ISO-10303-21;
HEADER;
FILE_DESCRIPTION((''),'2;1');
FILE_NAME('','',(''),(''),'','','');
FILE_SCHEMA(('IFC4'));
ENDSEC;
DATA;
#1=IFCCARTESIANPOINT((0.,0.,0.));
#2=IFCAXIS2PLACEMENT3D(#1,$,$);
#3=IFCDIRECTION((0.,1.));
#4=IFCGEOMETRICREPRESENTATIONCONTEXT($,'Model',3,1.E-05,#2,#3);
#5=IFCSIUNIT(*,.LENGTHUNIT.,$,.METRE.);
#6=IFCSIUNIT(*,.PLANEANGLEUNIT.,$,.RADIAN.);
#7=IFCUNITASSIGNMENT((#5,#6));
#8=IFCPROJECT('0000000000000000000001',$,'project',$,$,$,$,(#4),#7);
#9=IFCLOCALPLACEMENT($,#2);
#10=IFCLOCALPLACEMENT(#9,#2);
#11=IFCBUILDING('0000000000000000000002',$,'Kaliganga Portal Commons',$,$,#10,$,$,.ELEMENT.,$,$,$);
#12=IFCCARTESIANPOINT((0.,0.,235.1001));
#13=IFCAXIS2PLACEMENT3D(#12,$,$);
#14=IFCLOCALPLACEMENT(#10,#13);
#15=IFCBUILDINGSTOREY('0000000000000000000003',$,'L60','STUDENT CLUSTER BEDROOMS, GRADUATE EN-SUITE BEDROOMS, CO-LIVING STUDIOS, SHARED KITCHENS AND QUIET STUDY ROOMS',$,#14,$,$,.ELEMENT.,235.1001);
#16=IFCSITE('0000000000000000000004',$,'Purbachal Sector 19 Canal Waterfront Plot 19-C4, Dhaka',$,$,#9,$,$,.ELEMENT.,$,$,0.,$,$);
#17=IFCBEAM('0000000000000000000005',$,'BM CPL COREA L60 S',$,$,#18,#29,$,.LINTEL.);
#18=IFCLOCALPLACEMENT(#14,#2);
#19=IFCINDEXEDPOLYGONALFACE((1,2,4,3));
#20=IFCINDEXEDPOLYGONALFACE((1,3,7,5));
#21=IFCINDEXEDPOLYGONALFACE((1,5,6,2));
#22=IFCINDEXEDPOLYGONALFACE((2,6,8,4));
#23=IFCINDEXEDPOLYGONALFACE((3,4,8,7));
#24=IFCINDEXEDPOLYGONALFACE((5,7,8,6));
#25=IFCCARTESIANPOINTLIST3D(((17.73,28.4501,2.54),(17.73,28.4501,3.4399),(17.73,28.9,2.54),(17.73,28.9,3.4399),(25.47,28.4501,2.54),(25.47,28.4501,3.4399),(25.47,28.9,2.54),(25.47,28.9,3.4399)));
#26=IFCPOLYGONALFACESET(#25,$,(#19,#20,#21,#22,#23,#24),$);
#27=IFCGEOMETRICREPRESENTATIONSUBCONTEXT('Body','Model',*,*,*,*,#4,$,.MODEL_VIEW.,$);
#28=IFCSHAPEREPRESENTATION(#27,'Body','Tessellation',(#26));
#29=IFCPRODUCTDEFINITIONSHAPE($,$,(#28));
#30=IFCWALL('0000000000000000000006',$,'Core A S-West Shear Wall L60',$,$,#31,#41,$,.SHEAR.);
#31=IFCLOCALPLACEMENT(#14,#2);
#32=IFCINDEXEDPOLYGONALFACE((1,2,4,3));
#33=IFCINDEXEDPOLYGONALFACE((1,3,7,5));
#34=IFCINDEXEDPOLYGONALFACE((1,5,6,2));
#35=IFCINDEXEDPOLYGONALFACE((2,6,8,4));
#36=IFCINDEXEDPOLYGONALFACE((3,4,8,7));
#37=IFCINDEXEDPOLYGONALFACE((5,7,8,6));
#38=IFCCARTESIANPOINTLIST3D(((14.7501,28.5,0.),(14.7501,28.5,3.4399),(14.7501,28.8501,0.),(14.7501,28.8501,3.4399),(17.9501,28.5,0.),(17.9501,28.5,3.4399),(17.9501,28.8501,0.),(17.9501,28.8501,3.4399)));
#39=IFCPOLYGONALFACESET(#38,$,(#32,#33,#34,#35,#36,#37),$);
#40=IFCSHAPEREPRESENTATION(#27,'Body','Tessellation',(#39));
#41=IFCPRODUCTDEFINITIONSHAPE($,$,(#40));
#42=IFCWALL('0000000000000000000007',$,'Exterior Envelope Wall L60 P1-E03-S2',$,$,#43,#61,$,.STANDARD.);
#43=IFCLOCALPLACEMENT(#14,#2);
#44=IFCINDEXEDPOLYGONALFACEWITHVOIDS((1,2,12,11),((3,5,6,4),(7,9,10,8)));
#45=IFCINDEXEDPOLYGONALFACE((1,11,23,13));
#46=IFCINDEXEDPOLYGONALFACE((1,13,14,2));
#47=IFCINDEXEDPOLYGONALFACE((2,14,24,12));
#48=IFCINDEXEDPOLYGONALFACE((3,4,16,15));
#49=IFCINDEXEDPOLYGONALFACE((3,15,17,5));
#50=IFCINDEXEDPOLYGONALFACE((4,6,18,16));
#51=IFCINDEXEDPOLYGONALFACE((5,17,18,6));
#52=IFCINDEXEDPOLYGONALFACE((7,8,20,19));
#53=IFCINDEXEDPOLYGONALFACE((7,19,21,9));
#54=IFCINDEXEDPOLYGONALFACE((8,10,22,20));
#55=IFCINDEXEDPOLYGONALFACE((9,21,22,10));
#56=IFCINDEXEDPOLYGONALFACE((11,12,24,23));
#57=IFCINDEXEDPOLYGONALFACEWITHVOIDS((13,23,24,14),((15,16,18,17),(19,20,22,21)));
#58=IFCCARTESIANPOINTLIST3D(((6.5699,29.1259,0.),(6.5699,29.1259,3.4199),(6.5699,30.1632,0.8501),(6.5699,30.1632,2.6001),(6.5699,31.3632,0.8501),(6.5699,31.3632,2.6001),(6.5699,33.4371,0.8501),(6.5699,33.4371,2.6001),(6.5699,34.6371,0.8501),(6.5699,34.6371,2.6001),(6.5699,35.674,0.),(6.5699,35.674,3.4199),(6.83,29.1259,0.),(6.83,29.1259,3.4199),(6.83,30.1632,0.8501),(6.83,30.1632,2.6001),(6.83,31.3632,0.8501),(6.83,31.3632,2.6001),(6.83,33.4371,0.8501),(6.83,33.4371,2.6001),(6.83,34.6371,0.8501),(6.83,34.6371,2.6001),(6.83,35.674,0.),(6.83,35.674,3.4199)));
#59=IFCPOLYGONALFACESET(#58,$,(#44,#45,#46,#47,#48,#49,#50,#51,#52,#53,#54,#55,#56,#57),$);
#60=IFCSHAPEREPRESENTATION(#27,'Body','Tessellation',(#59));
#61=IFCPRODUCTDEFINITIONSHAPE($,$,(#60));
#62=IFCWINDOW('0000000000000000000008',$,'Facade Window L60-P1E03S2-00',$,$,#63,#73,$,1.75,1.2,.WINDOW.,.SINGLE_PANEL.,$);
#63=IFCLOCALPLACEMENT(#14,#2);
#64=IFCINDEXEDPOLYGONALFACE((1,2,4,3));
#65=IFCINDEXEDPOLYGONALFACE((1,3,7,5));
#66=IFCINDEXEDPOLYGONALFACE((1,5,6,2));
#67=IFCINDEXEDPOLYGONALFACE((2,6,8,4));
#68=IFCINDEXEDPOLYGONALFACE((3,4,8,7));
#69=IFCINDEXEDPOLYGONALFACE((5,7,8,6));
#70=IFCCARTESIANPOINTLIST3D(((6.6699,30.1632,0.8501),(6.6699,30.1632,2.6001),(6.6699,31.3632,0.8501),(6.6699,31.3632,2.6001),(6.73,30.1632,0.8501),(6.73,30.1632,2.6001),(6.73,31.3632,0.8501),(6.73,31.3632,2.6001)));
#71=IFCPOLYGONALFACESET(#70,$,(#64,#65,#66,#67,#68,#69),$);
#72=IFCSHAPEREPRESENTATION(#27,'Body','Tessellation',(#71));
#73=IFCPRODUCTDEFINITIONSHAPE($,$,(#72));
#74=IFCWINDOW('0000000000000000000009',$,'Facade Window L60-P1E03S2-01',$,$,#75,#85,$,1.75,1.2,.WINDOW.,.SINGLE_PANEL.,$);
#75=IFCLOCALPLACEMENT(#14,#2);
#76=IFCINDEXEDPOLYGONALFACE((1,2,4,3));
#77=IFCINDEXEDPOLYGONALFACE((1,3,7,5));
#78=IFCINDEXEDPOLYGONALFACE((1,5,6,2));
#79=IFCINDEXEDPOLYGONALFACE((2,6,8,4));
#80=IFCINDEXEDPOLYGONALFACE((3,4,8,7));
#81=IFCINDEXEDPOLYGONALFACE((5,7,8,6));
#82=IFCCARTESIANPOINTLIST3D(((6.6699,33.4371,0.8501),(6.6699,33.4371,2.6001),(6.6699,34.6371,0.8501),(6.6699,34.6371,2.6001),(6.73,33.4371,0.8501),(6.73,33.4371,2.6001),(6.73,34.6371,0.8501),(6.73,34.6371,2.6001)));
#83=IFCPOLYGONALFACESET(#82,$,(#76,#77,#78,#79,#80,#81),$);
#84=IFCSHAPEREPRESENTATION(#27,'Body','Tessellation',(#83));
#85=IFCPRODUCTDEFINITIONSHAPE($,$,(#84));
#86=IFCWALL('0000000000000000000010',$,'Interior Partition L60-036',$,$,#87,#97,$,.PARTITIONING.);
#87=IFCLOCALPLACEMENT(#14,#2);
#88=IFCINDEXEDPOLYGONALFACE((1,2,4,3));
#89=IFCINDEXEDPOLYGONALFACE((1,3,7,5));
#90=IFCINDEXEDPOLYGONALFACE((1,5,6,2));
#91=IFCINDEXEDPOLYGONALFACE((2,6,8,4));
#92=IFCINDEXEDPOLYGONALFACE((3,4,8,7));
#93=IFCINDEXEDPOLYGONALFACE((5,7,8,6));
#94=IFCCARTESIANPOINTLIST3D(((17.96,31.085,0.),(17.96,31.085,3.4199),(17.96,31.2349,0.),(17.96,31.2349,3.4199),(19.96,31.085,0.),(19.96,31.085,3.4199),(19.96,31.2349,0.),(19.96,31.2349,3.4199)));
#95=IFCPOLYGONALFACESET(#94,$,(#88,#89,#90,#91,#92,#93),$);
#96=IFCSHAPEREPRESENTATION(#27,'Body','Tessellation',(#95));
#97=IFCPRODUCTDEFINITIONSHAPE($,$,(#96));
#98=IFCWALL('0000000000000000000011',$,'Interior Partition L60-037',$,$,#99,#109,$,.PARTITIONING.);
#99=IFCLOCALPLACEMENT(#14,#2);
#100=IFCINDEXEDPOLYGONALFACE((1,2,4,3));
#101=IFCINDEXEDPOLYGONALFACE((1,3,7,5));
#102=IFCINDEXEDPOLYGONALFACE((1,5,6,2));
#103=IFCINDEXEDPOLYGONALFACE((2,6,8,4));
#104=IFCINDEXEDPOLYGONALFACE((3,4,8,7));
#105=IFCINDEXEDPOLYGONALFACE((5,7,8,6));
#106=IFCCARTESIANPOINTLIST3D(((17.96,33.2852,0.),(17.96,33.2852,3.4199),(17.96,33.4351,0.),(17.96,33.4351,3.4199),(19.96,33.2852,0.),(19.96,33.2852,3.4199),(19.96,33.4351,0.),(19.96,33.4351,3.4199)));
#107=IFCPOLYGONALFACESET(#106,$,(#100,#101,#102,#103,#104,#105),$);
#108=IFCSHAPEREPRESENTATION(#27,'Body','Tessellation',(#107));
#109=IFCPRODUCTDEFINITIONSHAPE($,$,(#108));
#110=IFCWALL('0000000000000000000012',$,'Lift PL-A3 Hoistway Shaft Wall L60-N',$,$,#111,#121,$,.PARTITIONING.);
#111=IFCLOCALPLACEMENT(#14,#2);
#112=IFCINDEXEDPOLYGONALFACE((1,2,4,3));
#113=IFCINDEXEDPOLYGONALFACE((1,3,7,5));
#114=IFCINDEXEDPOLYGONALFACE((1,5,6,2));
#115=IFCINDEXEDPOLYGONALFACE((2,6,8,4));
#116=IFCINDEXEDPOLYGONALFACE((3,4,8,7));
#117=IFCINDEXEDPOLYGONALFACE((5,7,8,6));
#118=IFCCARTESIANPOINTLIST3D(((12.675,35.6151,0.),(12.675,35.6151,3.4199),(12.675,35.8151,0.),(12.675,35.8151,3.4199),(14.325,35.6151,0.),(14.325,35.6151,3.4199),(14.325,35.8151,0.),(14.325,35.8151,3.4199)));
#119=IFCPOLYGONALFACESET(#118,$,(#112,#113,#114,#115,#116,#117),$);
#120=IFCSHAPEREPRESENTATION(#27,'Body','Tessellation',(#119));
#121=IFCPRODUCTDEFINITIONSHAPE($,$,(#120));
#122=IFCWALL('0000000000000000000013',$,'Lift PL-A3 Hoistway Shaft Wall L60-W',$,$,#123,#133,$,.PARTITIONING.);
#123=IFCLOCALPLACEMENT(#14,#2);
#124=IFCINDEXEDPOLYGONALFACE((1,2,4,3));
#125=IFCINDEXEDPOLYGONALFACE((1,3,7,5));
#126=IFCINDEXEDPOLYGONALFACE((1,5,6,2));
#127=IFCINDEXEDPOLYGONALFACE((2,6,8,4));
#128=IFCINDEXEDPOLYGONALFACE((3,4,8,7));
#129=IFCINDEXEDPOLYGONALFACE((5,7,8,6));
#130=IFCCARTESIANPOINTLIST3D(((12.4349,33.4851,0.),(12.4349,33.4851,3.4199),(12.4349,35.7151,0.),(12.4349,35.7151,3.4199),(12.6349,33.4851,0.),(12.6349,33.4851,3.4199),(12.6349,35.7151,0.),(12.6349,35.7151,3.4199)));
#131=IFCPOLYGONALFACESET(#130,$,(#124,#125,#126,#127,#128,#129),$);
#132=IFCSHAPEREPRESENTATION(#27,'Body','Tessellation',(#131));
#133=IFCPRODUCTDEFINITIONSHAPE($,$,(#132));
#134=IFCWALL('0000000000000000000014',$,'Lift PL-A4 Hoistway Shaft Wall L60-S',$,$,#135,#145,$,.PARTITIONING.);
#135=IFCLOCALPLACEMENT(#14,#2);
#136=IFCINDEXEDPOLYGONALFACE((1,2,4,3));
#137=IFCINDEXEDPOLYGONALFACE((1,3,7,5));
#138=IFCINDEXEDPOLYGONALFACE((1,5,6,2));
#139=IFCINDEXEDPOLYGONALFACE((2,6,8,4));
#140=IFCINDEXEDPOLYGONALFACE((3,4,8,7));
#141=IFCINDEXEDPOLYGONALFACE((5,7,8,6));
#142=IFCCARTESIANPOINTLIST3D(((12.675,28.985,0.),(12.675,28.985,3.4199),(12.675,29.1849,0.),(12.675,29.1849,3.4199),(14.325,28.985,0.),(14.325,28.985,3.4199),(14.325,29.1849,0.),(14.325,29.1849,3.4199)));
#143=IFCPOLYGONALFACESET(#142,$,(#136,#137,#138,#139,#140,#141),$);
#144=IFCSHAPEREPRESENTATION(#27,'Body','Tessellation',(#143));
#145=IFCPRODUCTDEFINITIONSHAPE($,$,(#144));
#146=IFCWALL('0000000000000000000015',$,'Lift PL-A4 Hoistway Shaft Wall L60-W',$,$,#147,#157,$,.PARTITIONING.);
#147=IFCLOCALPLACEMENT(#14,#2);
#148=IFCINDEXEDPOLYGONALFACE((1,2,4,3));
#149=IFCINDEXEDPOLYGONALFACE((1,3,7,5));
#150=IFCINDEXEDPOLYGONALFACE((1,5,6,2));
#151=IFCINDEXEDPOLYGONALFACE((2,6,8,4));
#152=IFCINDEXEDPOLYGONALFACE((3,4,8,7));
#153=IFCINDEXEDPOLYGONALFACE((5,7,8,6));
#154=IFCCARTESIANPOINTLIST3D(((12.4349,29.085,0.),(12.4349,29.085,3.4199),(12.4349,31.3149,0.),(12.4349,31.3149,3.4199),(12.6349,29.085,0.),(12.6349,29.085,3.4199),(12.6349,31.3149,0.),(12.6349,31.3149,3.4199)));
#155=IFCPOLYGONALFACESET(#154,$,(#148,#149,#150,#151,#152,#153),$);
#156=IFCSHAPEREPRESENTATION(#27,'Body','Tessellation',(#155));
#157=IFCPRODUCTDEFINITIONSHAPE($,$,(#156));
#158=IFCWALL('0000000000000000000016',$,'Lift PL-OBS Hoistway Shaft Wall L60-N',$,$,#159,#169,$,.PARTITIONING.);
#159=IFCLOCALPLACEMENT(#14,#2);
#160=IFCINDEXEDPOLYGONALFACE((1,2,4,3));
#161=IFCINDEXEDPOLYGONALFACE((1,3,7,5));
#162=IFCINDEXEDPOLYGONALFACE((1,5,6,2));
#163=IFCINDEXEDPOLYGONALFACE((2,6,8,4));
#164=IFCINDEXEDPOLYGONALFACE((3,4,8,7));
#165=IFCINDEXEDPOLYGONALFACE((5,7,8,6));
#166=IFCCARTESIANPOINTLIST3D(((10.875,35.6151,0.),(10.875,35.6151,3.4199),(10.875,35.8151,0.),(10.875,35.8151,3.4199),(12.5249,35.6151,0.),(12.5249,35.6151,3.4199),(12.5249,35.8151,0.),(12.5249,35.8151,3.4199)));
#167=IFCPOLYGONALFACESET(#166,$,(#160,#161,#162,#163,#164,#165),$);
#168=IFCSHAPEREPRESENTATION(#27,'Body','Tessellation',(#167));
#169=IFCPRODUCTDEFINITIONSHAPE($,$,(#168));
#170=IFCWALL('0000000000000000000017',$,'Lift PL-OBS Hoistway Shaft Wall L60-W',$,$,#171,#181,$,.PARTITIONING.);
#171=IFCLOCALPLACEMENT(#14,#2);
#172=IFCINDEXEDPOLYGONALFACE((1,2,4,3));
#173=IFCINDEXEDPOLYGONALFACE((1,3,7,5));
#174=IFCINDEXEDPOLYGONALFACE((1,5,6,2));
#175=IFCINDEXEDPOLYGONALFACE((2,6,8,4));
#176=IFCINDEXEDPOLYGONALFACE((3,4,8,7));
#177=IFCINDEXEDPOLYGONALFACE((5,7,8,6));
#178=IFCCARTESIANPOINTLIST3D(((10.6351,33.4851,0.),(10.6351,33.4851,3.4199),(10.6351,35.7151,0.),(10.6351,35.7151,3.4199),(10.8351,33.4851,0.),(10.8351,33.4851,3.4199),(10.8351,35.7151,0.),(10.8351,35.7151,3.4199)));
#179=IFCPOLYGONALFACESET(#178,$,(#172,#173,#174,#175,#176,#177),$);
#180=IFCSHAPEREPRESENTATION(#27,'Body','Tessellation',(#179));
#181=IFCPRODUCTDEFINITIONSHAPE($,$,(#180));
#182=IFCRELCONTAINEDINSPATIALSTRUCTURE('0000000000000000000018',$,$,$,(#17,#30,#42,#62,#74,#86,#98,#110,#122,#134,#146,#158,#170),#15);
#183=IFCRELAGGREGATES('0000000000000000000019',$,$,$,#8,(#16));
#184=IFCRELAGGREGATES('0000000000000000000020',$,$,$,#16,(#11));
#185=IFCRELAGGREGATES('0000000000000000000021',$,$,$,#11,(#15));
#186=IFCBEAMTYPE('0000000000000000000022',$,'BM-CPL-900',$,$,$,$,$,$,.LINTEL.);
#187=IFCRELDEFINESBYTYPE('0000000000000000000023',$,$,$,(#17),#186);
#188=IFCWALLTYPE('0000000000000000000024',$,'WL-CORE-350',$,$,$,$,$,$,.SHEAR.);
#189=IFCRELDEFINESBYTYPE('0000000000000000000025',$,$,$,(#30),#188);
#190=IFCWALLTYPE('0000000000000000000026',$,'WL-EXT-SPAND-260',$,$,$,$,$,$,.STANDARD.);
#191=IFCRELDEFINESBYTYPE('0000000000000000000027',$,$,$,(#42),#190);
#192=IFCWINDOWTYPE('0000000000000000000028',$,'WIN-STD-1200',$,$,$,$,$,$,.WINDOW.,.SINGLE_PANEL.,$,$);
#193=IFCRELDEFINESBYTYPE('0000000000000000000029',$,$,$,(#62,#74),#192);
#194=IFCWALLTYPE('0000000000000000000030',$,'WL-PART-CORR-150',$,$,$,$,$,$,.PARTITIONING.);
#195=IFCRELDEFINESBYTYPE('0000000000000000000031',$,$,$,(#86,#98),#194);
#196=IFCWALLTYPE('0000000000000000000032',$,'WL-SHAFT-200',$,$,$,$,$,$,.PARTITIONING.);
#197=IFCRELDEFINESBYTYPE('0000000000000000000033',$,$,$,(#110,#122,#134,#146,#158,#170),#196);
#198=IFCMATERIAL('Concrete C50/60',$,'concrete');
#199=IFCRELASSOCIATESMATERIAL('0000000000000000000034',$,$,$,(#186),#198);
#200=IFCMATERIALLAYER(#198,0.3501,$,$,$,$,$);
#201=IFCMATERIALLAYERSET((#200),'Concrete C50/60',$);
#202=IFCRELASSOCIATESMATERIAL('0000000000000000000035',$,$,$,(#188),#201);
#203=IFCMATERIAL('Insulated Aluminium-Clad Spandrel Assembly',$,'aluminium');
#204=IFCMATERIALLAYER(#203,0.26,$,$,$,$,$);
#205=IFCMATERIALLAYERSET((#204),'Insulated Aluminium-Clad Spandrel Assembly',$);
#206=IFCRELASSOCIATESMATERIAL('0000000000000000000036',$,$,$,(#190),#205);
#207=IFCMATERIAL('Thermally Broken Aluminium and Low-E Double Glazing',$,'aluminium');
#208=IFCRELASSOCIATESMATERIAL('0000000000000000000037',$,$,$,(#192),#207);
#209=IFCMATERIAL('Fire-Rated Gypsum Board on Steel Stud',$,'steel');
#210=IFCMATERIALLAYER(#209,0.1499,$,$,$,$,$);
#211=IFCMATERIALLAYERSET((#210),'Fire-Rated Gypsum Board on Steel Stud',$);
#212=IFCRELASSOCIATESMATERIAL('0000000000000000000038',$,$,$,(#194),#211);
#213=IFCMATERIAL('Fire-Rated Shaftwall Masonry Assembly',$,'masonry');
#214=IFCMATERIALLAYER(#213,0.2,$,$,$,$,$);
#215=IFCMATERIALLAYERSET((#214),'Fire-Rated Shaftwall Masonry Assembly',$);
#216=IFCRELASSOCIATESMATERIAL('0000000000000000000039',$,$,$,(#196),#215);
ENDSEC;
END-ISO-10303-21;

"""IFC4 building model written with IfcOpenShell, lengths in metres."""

from ifc_helpers import new_model, si_unit, direction, frame, frame_2d, origin, origin_2d, place, context, subcontext, project, spatial, rectangle, extrude, source, transform, mapped, material, layer, layer_set, material_profile, profile_set, type_object, element, fill, save


model = new_model("IFC4")

# Units and contexts
model_context = context("Model", 3, precision=1e-05, world=origin(), true_north=direction((0.0, 1.0)))
body_context = subcontext(model_context, "Body", "Model", "MODEL_VIEW")
ifc_project = project(units=[si_unit("LENGTHUNIT", "METRE"), si_unit("PLANEANGLEUNIT", "RADIAN")], contexts=[model_context])

# Site, building, storey
site_placement = place(None, origin())
site = spatial("IfcSite", under=ifc_project, at=site_placement, Name="Purbachal Sector 19 Canal Waterfront Plot 19-C4, Dhaka", CompositionType="ELEMENT", RefElevation=0.0)
building_placement = place(site_placement, origin())
building = spatial("IfcBuilding", under=site, at=building_placement, Name="Kaliganga Portal Commons", CompositionType="ELEMENT")
storey_placement = place(building_placement, frame((0.0, 0.0, 235.1001)))
storey = spatial("IfcBuildingStorey", under=building, at=storey_placement, Name="L60", Description="STUDENT CLUSTER BEDROOMS, GRADUATE EN-SUITE BEDROOMS, CO-LIVING STUDIOS, SHARED KITCHENS AND QUIET STUDY ROOMS", CompositionType="ELEMENT", Elevation=235.1001)

# Beam
ifc_material_1 = material(Name="Concrete C50/60", Category="concrete")
ifc_material_profile = material_profile(ifc_material_1, rectangle(XDim=0.45, YDim=0.8999, at=origin_2d()), Name="RC 450x900")
ifc_profile_set = profile_set([ifc_material_profile], Name="Concrete C50/60")
beam_type = type_object("IfcBeamType", Name="BM-CPL-900", PredefinedType="LINTEL", material=ifc_profile_set)
shared_shape = source(origin(), body_context, "Body", "SweptSolid", [
    extrude(rectangle(XDim=0.45, YDim=0.8999, at=origin_2d()), origin(), (0.0, 0.0, 1.0), 7.74),
])
beam_placement = place(storey_placement, frame((17.73, 28.675, 2.99), z_axis=(1.0, 0.0, 0.0), x_axis=(0.0, 1.0, 0.0)))
element("IfcBeam", 1, at=beam_placement, inside=storey, type_object=beam_type, Name="BM CPL COREA L60 S", PredefinedType="LINTEL", context=body_context, shape_type="MappedRepresentation", body=[
    mapped(shared_shape, transform((0.0, 0.0, 0.0), x_axis=(1.0, 0.0, 0.0), y_axis=(0.0, 1.0, 0.0), z_axis=(0.0, 0.0, 1.0), scale=1.0)),
])

# Wall
ifc_layer_1 = layer(ifc_material_1, 0.3501)
ifc_layer_set_1 = layer_set([ifc_layer_1], Name="Concrete C50/60")
wall_type_1 = type_object("IfcWallType", Name="WL-CORE-350", PredefinedType="SHEAR", material=ifc_layer_set_1)
wall_1_placement = place(storey_placement, frame((14.75, 28.675, 0.0), z_axis=(0.0, 0.0, 1.0), x_axis=(1.0, 0.0, 0.0)))
element("IfcWall", 2, at=wall_1_placement, inside=storey, type_object=wall_type_1, Name="Core A S-West Shear Wall L60", PredefinedType="SHEAR", context=body_context, shape_type="SweptSolid", body=[
    extrude(rectangle(XDim=3.2, YDim=0.3501, at=frame_2d((1.6001, 0.0))), origin(), (0.0, 0.0, 1.0), 3.4399),
])

# Wall, openings, windows
ifc_material_2 = material(Name="Insulated Aluminium-Clad Spandrel Assembly", Category="aluminium")
ifc_layer_2 = layer(ifc_material_2, 0.26)
ifc_layer_set_2 = layer_set([ifc_layer_2], Name="Insulated Aluminium-Clad Spandrel Assembly")
wall_type_2 = type_object("IfcWallType", Name="WL-EXT-SPAND-260", PredefinedType="STANDARD", material=ifc_layer_set_2)
wall_2_placement = place(storey_placement, frame((6.7, 29.126, 0.0), z_axis=(0.0, 0.0, 1.0), x_axis=(0.0, 1.0, 0.0)))
wall_2 = element("IfcWall", 3, at=wall_2_placement, inside=storey, type_object=wall_type_2, Name="Exterior Envelope Wall L60 P1-E03-S2", PredefinedType="STANDARD", context=body_context, shape_type="SweptSolid", body=[
    extrude(rectangle(XDim=6.5481, YDim=0.26, at=frame_2d((3.2739, 0.0))), origin(), (0.0, 0.0, 1.0), 3.4199),
])
opening_1_placement = place(wall_2_placement, frame((1.0371, 0.0, 0.8501)))
opening_1 = element("IfcOpeningElement", 4, at=opening_1_placement, cuts=wall_2, PredefinedType="OPENING", context=body_context, shape_type="SweptSolid", body=[
    extrude(rectangle(XDim=1.2, YDim=1.75, at=frame_2d((0.6001, 0.875))), frame((0.0, 0.1401, 0.0), z_axis=(0.0, -1.0, 0.0), x_axis=(1.0, 0.0, 0.0)), (0.0, 0.0, 1.0), 0.28),
])
opening_2_placement = place(wall_2_placement, frame((4.311, 0.0, 0.8501)))
opening_2 = element("IfcOpeningElement", 5, at=opening_2_placement, cuts=wall_2, PredefinedType="OPENING", context=body_context, shape_type="SweptSolid", body=[
    extrude(rectangle(XDim=1.2, YDim=1.75, at=frame_2d((0.6001, 0.875))), frame((0.0, 0.1401, 0.0), z_axis=(0.0, -1.0, 0.0), x_axis=(1.0, 0.0, 0.0)), (0.0, 0.0, 1.0), 0.28),
])
ifc_material_3 = material(Name="Thermally Broken Aluminium and Low-E Double Glazing", Category="aluminium")
window_type = type_object("IfcWindowType", Name="WIN-STD-1200", PartitioningType="SINGLE_PANEL", PredefinedType="WINDOW", material=ifc_material_3)
window_1_placement = place(opening_1_placement, origin())
window_1 = element("IfcWindow", 6, at=window_1_placement, inside=storey, type_object=window_type, Name="Facade Window L60-P1E03S2-00", OverallHeight=1.75, OverallWidth=1.2, PartitioningType="SINGLE_PANEL", PredefinedType="WINDOW", context=body_context, shape_type="SweptSolid", body=[
    extrude(rectangle(XDim=1.2, YDim=1.75, at=frame_2d((0.6001, 0.875))), frame((0.0, 0.03, 0.0), z_axis=(0.0, -1.0, 0.0), x_axis=(1.0, 0.0, 0.0)), (0.0, 0.0, 1.0), 0.0601),
])
fill(opening_1, window_1)
window_2_placement = place(opening_2_placement, origin())
window_2 = element("IfcWindow", 7, at=window_2_placement, inside=storey, type_object=window_type, Name="Facade Window L60-P1E03S2-01", OverallHeight=1.75, OverallWidth=1.2, PartitioningType="SINGLE_PANEL", PredefinedType="WINDOW", context=body_context, shape_type="SweptSolid", body=[
    extrude(rectangle(XDim=1.2, YDim=1.75, at=frame_2d((0.6001, 0.875))), frame((0.0, 0.03, 0.0), z_axis=(0.0, -1.0, 0.0), x_axis=(1.0, 0.0, 0.0)), (0.0, 0.0, 1.0), 0.0601),
])
fill(opening_2, window_2)

# Walls
ifc_material_4 = material(Name="Fire-Rated Gypsum Board on Steel Stud", Category="steel")
ifc_layer_3 = layer(ifc_material_4, 0.1499)
ifc_layer_set_3 = layer_set([ifc_layer_3], Name="Fire-Rated Gypsum Board on Steel Stud")
wall_type_3 = type_object("IfcWallType", Name="WL-PART-CORR-150", PredefinedType="PARTITIONING", material=ifc_layer_set_3)
for number, where, z_axis, x_axis, name in (
    (8, (17.96, 31.1599, 0.0), (0.0, 0.0, 1.0), (1.0, 0.0, 0.0), "Interior Partition L60-036"),
    (9, (17.96, 33.3601, 0.0), (0.0, 0.0, 1.0), (1.0, 0.0, 0.0), "Interior Partition L60-037"),
):
    element("IfcWall", number, at=place(storey_placement, frame(where, z_axis=z_axis, x_axis=x_axis)), inside=storey, type_object=wall_type_3, Name=name, PredefinedType="PARTITIONING", context=body_context, shape_type="SweptSolid", body=[
        extrude(rectangle(XDim=2.0, YDim=0.1499, at=frame_2d((1.0, 0.0))), origin(), (0.0, 0.0, 1.0), 3.4199),
    ])

# Shared definitions
ifc_material_5 = material(Name="Fire-Rated Shaftwall Masonry Assembly", Category="masonry")
ifc_layer_4 = layer(ifc_material_5, 0.2)
ifc_layer_set_4 = layer_set([ifc_layer_4], Name="Fire-Rated Shaftwall Masonry Assembly")
wall_type_4 = type_object("IfcWallType", Name="WL-SHAFT-200", PredefinedType="PARTITIONING", material=ifc_layer_set_4)

# Walls
wall_3_placement = place(storey_placement, frame((12.675, 35.7151, 0.0), z_axis=(0.0, 0.0, 1.0), x_axis=(1.0, 0.0, 0.0)))
element("IfcWall", 10, at=wall_3_placement, inside=storey, type_object=wall_type_4, Name="Lift PL-A3 Hoistway Shaft Wall L60-N", PredefinedType="PARTITIONING", context=body_context, shape_type="SweptSolid", body=[
    extrude(rectangle(XDim=1.6499, YDim=0.2, at=frame_2d((0.825, 0.0))), origin(), (0.0, 0.0, 1.0), 3.4199),
])
wall_4_placement = place(storey_placement, frame((12.5349, 33.4851, 0.0), z_axis=(0.0, 0.0, 1.0), x_axis=(0.0, 1.0, 0.0)))
element("IfcWall", 11, at=wall_4_placement, inside=storey, type_object=wall_type_4, Name="Lift PL-A3 Hoistway Shaft Wall L60-W", PredefinedType="PARTITIONING", context=body_context, shape_type="SweptSolid", body=[
    extrude(rectangle(XDim=2.23, YDim=0.2, at=frame_2d((1.115, 0.0))), origin(), (0.0, 0.0, 1.0), 3.4199),
])
wall_5_placement = place(storey_placement, frame((12.675, 29.085, 0.0), z_axis=(0.0, 0.0, 1.0), x_axis=(1.0, 0.0, 0.0)))
element("IfcWall", 12, at=wall_5_placement, inside=storey, type_object=wall_type_4, Name="Lift PL-A4 Hoistway Shaft Wall L60-S", PredefinedType="PARTITIONING", context=body_context, shape_type="SweptSolid", body=[
    extrude(rectangle(XDim=1.6499, YDim=0.2, at=frame_2d((0.825, 0.0))), origin(), (0.0, 0.0, 1.0), 3.4199),
])

# Wall
wall_6_placement = place(storey_placement, frame((12.5349, 29.085, 0.0), z_axis=(0.0, 0.0, 1.0), x_axis=(0.0, 1.0, 0.0)))
element("IfcWall", 13, at=wall_6_placement, inside=storey, type_object=wall_type_4, Name="Lift PL-A4 Hoistway Shaft Wall L60-W", PredefinedType="PARTITIONING", context=body_context, shape_type="SweptSolid", body=[
    extrude(rectangle(XDim=2.23, YDim=0.2, at=frame_2d((1.115, 0.0))), origin(), (0.0, 0.0, 1.0), 3.4199),
])

# Walls
wall_7_placement = place(storey_placement, frame((10.875, 35.7151, 0.0), z_axis=(0.0, 0.0, 1.0), x_axis=(1.0, 0.0, 0.0)))
element("IfcWall", 14, at=wall_7_placement, inside=storey, type_object=wall_type_4, Name="Lift PL-OBS Hoistway Shaft Wall L60-N", PredefinedType="PARTITIONING", context=body_context, shape_type="SweptSolid", body=[
    extrude(rectangle(XDim=1.6499, YDim=0.2, at=frame_2d((0.825, 0.0))), origin(), (0.0, 0.0, 1.0), 3.4199),
])
wall_8_placement = place(storey_placement, frame((10.7351, 33.4851, 0.0), z_axis=(0.0, 0.0, 1.0), x_axis=(0.0, 1.0, 0.0)))
element("IfcWall", 15, at=wall_8_placement, inside=storey, type_object=wall_type_4, Name="Lift PL-OBS Hoistway Shaft Wall L60-W", PredefinedType="PARTITIONING", context=body_context, shape_type="SweptSolid", body=[
    extrude(rectangle(XDim=2.23, YDim=0.2, at=frame_2d((1.115, 0.0))), origin(), (0.0, 0.0, 1.0), 3.4199),
])

save(model, "model.ifc")
